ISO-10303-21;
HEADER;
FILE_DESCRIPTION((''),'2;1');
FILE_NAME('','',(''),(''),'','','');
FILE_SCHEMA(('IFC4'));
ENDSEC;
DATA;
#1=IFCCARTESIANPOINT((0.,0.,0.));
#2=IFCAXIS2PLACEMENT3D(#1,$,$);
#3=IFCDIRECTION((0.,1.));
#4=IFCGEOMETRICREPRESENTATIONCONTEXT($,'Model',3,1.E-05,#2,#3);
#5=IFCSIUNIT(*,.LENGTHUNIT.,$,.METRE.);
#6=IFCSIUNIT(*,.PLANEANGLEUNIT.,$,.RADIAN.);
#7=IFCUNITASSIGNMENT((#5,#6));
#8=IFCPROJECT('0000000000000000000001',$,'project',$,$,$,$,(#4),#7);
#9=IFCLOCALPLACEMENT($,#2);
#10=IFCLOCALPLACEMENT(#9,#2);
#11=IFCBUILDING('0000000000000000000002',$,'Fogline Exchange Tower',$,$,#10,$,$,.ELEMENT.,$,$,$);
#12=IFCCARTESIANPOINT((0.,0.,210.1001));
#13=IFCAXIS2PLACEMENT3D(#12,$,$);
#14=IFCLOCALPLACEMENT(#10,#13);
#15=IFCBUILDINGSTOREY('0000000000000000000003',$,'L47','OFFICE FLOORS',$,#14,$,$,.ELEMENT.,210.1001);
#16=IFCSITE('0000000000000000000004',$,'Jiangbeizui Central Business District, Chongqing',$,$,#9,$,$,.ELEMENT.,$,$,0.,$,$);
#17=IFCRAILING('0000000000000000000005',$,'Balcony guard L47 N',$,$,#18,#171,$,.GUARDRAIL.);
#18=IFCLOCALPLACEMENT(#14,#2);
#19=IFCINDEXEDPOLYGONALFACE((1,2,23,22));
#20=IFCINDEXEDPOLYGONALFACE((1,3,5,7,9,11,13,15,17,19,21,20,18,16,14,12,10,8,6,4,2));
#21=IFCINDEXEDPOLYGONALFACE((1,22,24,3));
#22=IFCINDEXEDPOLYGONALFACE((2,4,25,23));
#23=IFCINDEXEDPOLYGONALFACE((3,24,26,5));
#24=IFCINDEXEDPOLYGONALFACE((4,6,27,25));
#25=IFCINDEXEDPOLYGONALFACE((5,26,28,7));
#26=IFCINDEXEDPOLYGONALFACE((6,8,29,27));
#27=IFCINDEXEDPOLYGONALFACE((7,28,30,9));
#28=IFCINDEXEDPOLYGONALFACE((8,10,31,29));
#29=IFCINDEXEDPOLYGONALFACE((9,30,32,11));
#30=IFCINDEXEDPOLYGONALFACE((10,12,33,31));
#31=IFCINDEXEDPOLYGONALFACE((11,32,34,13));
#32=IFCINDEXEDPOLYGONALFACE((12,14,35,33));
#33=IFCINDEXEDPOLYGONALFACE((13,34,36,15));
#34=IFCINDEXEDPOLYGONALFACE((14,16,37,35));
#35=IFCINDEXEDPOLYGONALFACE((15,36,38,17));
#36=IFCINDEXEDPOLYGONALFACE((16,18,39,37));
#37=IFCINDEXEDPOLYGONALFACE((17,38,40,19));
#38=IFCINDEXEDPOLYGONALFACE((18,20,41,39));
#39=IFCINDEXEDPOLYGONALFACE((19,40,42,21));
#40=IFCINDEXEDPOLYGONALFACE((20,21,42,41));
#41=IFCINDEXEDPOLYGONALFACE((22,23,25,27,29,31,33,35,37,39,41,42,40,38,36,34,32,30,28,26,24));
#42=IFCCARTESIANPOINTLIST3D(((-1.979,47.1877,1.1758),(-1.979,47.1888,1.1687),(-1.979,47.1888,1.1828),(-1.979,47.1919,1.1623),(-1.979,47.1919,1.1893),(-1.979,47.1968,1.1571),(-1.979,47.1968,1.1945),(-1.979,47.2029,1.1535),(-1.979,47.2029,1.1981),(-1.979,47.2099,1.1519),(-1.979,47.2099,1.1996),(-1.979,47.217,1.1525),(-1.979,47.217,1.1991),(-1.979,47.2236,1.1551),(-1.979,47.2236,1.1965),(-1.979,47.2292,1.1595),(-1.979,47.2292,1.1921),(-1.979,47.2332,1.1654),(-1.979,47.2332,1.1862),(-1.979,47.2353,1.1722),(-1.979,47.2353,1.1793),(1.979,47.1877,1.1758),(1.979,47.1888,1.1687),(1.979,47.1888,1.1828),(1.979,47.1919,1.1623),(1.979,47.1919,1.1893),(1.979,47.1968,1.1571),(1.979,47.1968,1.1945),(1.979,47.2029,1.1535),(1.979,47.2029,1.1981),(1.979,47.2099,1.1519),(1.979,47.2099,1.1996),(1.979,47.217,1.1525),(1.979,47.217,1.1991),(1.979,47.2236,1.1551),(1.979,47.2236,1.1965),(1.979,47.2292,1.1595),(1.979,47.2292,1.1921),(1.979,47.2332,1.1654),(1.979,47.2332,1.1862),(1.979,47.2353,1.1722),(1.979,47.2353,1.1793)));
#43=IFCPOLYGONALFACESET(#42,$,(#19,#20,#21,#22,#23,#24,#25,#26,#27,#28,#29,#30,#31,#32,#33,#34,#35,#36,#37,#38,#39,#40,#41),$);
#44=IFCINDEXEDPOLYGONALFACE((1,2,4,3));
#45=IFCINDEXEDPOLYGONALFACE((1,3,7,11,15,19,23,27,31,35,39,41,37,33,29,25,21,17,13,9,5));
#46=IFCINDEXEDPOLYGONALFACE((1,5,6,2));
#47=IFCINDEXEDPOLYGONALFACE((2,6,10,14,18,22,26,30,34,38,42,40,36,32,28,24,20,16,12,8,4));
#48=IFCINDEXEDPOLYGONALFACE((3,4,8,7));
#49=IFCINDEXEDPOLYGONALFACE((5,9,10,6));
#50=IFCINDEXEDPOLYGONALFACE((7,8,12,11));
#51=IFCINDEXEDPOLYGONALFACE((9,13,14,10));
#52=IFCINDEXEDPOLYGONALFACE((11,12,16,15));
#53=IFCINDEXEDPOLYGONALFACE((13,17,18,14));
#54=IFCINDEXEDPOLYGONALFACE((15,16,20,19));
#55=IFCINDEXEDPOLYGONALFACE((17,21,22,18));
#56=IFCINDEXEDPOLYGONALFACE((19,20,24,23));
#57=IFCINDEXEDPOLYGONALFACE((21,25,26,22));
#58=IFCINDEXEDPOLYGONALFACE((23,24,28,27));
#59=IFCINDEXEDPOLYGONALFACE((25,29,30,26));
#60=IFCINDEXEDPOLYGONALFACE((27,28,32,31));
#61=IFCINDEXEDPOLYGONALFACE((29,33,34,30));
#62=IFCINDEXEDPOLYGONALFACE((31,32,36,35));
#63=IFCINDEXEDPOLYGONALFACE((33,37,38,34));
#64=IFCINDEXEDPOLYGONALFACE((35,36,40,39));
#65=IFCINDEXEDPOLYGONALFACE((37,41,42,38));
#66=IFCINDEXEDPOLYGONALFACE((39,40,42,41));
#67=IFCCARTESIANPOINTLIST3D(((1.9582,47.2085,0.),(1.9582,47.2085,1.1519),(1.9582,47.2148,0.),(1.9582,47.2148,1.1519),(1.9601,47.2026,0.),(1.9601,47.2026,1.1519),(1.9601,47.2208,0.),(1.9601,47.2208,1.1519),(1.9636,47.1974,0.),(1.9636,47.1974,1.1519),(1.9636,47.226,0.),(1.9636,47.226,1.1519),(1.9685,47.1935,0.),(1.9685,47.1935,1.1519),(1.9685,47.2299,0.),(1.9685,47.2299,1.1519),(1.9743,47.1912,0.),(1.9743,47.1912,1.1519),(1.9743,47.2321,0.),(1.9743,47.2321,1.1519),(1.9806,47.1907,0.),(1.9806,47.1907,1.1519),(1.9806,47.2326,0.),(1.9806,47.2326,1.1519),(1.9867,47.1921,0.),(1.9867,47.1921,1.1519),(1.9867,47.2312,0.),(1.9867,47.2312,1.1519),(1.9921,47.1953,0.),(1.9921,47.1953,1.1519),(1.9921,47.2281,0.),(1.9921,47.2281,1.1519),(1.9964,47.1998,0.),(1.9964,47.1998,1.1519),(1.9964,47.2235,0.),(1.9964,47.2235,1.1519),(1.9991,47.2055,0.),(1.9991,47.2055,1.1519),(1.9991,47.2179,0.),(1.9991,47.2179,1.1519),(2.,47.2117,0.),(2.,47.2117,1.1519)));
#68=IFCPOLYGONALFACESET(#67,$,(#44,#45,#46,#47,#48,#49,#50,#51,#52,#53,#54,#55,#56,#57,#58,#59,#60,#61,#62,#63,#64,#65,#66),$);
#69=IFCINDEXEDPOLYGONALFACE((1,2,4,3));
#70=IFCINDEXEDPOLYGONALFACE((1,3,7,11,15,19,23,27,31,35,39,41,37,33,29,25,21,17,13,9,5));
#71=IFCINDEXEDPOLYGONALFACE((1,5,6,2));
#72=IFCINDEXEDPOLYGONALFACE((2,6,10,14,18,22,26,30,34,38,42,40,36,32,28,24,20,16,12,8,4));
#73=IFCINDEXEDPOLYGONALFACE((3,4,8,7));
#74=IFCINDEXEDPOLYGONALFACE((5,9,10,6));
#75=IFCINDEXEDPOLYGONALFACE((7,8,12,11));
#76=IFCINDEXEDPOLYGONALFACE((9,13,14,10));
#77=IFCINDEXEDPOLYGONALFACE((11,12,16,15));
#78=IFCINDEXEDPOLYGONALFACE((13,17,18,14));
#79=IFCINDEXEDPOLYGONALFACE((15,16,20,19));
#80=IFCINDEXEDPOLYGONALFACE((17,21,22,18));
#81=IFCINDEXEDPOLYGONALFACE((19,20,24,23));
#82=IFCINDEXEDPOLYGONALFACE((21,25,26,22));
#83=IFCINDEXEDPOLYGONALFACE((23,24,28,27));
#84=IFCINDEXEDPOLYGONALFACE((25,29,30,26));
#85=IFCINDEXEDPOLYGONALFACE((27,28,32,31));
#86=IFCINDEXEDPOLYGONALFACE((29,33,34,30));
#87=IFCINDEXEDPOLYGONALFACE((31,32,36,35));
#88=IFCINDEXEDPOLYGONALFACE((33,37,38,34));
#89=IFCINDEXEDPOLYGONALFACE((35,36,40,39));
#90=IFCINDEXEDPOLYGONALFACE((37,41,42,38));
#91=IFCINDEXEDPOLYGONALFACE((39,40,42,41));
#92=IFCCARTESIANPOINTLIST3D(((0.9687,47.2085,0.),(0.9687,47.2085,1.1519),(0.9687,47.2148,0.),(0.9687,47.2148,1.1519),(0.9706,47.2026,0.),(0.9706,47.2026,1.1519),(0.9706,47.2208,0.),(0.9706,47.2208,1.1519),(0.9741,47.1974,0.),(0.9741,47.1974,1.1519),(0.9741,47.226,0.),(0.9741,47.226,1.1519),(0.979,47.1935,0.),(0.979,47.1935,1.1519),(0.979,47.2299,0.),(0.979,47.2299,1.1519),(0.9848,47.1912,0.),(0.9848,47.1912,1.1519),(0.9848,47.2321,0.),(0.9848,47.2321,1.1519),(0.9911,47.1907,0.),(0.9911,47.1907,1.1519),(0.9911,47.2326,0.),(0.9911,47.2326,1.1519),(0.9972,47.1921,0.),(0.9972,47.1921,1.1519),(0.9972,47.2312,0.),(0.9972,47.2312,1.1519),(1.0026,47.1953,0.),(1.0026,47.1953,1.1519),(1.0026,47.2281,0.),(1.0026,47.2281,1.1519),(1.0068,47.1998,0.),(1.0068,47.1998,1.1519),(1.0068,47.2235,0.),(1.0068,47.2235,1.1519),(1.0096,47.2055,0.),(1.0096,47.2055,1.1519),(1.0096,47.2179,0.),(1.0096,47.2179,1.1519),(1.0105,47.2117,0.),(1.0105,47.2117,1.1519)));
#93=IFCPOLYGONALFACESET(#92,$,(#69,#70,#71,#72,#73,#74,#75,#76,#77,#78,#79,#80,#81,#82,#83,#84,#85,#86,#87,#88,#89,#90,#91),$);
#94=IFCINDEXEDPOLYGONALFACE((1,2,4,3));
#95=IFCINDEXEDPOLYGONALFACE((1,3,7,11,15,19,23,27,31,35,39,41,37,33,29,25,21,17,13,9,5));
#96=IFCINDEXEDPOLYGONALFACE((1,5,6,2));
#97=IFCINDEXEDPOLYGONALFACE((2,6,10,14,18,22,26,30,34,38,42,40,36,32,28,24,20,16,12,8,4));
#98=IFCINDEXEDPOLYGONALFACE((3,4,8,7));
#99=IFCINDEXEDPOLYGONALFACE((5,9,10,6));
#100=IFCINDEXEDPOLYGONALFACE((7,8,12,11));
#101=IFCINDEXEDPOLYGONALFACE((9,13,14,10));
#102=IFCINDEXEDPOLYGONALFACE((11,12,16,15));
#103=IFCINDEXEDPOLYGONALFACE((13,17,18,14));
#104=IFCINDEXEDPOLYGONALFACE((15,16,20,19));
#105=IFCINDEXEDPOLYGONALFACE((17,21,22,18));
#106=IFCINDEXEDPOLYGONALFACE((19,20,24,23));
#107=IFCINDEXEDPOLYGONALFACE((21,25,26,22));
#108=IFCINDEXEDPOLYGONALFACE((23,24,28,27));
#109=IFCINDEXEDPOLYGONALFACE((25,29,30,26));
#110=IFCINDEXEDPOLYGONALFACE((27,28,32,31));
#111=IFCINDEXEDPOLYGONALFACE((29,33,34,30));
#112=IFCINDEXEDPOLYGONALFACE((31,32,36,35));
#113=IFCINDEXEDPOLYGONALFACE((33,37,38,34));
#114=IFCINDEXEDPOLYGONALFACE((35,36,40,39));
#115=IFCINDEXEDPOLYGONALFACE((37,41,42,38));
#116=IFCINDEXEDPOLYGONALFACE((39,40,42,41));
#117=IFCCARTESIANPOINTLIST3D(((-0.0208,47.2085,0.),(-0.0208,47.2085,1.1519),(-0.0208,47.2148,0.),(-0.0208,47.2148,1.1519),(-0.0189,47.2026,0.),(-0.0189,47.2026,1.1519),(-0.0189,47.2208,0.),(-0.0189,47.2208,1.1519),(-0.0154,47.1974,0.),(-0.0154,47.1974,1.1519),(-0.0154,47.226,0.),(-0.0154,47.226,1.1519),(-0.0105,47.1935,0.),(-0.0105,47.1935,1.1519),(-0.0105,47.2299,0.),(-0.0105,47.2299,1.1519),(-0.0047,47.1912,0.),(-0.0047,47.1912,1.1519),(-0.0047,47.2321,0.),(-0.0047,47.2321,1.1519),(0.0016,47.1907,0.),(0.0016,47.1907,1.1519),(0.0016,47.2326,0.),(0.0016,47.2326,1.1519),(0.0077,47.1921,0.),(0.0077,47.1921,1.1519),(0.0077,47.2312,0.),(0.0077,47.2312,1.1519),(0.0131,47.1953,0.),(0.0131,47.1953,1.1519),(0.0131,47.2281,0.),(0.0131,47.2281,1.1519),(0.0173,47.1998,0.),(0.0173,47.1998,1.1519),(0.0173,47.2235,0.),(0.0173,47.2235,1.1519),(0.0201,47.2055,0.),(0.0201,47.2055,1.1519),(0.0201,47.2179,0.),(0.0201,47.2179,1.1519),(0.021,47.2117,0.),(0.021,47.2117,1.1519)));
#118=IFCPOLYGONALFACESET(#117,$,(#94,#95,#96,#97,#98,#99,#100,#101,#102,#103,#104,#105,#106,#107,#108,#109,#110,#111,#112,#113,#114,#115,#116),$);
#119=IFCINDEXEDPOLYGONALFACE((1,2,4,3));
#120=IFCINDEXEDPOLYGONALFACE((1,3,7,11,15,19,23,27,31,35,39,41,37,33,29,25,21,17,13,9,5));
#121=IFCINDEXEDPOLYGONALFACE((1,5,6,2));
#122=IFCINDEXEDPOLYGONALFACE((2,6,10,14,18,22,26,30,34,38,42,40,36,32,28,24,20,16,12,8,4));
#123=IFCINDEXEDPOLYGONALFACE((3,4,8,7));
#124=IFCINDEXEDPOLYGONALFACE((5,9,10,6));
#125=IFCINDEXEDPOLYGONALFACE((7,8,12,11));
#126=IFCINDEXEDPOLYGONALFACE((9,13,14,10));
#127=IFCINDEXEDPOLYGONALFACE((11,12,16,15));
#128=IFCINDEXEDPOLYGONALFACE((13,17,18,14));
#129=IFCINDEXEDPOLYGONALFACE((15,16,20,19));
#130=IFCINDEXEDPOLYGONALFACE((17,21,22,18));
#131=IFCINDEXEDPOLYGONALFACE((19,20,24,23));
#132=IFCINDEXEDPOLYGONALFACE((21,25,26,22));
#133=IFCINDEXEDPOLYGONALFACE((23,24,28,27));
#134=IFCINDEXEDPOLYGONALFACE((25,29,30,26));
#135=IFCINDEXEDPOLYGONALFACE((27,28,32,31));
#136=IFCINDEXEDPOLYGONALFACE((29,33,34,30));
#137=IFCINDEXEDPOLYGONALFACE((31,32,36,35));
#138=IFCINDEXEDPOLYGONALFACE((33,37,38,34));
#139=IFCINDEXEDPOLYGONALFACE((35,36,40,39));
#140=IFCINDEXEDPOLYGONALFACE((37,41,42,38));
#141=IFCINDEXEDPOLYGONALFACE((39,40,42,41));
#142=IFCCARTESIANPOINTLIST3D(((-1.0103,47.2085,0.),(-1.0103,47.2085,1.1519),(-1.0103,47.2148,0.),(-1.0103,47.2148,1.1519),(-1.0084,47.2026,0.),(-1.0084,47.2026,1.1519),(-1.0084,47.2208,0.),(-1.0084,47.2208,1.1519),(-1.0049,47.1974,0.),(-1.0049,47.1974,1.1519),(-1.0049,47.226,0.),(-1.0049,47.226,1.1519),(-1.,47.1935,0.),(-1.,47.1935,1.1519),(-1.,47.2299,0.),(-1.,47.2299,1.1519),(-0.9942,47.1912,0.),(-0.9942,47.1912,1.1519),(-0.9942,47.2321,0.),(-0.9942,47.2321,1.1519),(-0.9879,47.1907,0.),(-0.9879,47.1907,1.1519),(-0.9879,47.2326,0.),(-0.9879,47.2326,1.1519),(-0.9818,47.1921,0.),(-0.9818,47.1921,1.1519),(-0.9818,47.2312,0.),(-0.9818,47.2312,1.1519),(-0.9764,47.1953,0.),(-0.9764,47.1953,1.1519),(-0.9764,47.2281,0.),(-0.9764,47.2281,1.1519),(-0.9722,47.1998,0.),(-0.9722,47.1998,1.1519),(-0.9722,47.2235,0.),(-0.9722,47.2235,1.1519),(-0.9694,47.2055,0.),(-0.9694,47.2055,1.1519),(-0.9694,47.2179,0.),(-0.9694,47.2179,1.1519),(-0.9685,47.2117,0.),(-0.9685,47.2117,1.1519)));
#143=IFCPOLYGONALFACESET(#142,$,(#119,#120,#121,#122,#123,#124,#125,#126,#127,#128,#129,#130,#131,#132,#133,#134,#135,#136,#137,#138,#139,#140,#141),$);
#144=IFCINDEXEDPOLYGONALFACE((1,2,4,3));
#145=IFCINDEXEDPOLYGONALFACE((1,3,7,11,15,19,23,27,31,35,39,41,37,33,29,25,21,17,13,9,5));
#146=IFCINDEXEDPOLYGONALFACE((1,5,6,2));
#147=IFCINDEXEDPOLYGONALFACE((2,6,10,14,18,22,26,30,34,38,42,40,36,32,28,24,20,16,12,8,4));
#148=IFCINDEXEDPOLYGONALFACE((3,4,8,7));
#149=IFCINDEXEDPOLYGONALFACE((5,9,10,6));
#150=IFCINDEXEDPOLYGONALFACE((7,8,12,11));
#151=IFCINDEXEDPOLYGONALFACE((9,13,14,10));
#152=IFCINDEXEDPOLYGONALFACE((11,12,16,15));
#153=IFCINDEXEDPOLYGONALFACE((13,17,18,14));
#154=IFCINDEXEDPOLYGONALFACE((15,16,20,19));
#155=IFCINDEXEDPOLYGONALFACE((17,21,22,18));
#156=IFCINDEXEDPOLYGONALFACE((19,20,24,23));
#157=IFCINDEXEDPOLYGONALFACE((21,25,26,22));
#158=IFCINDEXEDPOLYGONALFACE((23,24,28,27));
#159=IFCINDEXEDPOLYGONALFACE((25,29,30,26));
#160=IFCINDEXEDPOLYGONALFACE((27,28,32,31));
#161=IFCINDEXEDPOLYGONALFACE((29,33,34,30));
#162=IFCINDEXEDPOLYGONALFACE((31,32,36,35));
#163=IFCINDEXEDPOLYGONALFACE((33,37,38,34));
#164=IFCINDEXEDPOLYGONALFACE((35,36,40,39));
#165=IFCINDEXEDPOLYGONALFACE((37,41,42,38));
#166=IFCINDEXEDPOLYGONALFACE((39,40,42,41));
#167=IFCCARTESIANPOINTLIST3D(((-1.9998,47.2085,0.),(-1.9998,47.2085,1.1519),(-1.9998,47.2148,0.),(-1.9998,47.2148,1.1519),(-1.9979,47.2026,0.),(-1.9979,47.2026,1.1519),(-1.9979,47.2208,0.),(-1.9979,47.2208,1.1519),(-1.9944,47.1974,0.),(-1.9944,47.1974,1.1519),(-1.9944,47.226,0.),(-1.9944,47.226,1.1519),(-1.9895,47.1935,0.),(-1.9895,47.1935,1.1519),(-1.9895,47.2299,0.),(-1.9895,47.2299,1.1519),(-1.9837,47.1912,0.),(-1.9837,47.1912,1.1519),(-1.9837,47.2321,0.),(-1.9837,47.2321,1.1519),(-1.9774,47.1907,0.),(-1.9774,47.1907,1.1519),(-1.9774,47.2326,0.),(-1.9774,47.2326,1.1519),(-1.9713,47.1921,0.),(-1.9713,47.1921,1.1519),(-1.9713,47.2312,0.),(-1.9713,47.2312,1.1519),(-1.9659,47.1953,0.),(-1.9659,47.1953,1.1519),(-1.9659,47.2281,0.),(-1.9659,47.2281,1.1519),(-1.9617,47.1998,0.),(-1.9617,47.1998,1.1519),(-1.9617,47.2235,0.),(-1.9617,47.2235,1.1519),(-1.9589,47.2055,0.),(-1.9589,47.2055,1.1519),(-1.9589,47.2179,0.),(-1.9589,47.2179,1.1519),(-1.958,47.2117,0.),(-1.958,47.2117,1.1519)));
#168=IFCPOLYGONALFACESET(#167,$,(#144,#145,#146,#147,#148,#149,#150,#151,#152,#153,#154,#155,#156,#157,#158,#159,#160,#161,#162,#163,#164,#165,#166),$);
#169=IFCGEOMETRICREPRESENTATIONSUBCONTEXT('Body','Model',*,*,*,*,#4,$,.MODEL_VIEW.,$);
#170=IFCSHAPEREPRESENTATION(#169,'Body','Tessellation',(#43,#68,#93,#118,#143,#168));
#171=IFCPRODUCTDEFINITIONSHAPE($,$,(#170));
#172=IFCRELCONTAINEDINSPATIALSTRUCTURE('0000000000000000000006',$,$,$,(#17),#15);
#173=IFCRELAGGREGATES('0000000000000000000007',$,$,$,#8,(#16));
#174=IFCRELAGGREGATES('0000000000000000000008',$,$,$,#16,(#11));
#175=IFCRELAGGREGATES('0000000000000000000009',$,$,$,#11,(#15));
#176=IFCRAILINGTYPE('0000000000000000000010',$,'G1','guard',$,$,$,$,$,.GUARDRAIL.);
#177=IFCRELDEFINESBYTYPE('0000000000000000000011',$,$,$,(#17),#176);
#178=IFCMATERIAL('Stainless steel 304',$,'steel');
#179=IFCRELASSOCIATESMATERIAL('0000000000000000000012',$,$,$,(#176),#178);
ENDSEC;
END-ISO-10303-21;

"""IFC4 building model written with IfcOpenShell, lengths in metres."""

from ifc_helpers import new_model, si_unit, direction, frame, origin, origin_2d, place, context, subcontext, project, spatial, circle, extrude, material, type_object, element, save


model = new_model("IFC4")

# Units and contexts
model_context = context("Model", 3, precision=1e-05, world=origin(), true_north=direction((0.0, 1.0)))
body_context = subcontext(model_context, "Body", "Model", "MODEL_VIEW")
ifc_project = project(units=[si_unit("LENGTHUNIT", "METRE"), si_unit("PLANEANGLEUNIT", "RADIAN")], contexts=[model_context])

# Site, building, storey
site_placement = place(None, origin())
site = spatial("IfcSite", under=ifc_project, at=site_placement, Name="Jiangbeizui Central Business District, Chongqing", CompositionType="ELEMENT", RefElevation=0.0)
building_placement = place(site_placement, origin())
building = spatial("IfcBuilding", under=site, at=building_placement, Name="Fogline Exchange Tower", CompositionType="ELEMENT")
storey_placement = place(building_placement, frame((0.0, 0.0, 210.1001)))
storey = spatial("IfcBuildingStorey", under=building, at=storey_placement, Name="L47", Description="OFFICE FLOORS", CompositionType="ELEMENT", Elevation=210.1001)

# Railing
ifc_material_1 = material(Name="Stainless steel 304", Category="steel")
railing_type = type_object("IfcRailingType", Name="G1", Description="guard", PredefinedType="GUARDRAIL", material=ifc_material_1)
railing_placement = place(storey_placement, frame((1.979, 47.2117, 0.0)))
element("IfcRailing", 1, at=railing_placement, inside=storey, type_object=railing_type, Name="Balcony guard L47 N", PredefinedType="GUARDRAIL", context=body_context, shape_type="SweptSolid", body=[
    extrude(circle(Radius=0.0239, at=origin_2d()), frame((0.0, 0.0, 1.1758), z_axis=(-1.0, 0.0, 0.0), x_axis=(0.0, -1.0, 0.0)), (0.0, 0.0, 1.0), 3.958),
    extrude(circle(Radius=0.021, at=origin_2d()), origin(), (0.0, 0.0, 1.0), 1.1519),
    extrude(circle(Radius=0.021, at=origin_2d()), frame((-0.9895, 0.0, 0.0)), (0.0, 0.0, 1.0), 1.1519),
    extrude(circle(Radius=0.021, at=origin_2d()), frame((-1.979, 0.0, 0.0)), (0.0, 0.0, 1.0), 1.1519),
    extrude(circle(Radius=0.021, at=origin_2d()), frame((-2.9685, 0.0, 0.0)), (0.0, 0.0, 1.0), 1.1519),
    extrude(circle(Radius=0.021, at=origin_2d()), frame((-3.958, 0.0, 0.0)), (0.0, 0.0, 1.0), 1.1519),
])

save(model, "model.ifc")
